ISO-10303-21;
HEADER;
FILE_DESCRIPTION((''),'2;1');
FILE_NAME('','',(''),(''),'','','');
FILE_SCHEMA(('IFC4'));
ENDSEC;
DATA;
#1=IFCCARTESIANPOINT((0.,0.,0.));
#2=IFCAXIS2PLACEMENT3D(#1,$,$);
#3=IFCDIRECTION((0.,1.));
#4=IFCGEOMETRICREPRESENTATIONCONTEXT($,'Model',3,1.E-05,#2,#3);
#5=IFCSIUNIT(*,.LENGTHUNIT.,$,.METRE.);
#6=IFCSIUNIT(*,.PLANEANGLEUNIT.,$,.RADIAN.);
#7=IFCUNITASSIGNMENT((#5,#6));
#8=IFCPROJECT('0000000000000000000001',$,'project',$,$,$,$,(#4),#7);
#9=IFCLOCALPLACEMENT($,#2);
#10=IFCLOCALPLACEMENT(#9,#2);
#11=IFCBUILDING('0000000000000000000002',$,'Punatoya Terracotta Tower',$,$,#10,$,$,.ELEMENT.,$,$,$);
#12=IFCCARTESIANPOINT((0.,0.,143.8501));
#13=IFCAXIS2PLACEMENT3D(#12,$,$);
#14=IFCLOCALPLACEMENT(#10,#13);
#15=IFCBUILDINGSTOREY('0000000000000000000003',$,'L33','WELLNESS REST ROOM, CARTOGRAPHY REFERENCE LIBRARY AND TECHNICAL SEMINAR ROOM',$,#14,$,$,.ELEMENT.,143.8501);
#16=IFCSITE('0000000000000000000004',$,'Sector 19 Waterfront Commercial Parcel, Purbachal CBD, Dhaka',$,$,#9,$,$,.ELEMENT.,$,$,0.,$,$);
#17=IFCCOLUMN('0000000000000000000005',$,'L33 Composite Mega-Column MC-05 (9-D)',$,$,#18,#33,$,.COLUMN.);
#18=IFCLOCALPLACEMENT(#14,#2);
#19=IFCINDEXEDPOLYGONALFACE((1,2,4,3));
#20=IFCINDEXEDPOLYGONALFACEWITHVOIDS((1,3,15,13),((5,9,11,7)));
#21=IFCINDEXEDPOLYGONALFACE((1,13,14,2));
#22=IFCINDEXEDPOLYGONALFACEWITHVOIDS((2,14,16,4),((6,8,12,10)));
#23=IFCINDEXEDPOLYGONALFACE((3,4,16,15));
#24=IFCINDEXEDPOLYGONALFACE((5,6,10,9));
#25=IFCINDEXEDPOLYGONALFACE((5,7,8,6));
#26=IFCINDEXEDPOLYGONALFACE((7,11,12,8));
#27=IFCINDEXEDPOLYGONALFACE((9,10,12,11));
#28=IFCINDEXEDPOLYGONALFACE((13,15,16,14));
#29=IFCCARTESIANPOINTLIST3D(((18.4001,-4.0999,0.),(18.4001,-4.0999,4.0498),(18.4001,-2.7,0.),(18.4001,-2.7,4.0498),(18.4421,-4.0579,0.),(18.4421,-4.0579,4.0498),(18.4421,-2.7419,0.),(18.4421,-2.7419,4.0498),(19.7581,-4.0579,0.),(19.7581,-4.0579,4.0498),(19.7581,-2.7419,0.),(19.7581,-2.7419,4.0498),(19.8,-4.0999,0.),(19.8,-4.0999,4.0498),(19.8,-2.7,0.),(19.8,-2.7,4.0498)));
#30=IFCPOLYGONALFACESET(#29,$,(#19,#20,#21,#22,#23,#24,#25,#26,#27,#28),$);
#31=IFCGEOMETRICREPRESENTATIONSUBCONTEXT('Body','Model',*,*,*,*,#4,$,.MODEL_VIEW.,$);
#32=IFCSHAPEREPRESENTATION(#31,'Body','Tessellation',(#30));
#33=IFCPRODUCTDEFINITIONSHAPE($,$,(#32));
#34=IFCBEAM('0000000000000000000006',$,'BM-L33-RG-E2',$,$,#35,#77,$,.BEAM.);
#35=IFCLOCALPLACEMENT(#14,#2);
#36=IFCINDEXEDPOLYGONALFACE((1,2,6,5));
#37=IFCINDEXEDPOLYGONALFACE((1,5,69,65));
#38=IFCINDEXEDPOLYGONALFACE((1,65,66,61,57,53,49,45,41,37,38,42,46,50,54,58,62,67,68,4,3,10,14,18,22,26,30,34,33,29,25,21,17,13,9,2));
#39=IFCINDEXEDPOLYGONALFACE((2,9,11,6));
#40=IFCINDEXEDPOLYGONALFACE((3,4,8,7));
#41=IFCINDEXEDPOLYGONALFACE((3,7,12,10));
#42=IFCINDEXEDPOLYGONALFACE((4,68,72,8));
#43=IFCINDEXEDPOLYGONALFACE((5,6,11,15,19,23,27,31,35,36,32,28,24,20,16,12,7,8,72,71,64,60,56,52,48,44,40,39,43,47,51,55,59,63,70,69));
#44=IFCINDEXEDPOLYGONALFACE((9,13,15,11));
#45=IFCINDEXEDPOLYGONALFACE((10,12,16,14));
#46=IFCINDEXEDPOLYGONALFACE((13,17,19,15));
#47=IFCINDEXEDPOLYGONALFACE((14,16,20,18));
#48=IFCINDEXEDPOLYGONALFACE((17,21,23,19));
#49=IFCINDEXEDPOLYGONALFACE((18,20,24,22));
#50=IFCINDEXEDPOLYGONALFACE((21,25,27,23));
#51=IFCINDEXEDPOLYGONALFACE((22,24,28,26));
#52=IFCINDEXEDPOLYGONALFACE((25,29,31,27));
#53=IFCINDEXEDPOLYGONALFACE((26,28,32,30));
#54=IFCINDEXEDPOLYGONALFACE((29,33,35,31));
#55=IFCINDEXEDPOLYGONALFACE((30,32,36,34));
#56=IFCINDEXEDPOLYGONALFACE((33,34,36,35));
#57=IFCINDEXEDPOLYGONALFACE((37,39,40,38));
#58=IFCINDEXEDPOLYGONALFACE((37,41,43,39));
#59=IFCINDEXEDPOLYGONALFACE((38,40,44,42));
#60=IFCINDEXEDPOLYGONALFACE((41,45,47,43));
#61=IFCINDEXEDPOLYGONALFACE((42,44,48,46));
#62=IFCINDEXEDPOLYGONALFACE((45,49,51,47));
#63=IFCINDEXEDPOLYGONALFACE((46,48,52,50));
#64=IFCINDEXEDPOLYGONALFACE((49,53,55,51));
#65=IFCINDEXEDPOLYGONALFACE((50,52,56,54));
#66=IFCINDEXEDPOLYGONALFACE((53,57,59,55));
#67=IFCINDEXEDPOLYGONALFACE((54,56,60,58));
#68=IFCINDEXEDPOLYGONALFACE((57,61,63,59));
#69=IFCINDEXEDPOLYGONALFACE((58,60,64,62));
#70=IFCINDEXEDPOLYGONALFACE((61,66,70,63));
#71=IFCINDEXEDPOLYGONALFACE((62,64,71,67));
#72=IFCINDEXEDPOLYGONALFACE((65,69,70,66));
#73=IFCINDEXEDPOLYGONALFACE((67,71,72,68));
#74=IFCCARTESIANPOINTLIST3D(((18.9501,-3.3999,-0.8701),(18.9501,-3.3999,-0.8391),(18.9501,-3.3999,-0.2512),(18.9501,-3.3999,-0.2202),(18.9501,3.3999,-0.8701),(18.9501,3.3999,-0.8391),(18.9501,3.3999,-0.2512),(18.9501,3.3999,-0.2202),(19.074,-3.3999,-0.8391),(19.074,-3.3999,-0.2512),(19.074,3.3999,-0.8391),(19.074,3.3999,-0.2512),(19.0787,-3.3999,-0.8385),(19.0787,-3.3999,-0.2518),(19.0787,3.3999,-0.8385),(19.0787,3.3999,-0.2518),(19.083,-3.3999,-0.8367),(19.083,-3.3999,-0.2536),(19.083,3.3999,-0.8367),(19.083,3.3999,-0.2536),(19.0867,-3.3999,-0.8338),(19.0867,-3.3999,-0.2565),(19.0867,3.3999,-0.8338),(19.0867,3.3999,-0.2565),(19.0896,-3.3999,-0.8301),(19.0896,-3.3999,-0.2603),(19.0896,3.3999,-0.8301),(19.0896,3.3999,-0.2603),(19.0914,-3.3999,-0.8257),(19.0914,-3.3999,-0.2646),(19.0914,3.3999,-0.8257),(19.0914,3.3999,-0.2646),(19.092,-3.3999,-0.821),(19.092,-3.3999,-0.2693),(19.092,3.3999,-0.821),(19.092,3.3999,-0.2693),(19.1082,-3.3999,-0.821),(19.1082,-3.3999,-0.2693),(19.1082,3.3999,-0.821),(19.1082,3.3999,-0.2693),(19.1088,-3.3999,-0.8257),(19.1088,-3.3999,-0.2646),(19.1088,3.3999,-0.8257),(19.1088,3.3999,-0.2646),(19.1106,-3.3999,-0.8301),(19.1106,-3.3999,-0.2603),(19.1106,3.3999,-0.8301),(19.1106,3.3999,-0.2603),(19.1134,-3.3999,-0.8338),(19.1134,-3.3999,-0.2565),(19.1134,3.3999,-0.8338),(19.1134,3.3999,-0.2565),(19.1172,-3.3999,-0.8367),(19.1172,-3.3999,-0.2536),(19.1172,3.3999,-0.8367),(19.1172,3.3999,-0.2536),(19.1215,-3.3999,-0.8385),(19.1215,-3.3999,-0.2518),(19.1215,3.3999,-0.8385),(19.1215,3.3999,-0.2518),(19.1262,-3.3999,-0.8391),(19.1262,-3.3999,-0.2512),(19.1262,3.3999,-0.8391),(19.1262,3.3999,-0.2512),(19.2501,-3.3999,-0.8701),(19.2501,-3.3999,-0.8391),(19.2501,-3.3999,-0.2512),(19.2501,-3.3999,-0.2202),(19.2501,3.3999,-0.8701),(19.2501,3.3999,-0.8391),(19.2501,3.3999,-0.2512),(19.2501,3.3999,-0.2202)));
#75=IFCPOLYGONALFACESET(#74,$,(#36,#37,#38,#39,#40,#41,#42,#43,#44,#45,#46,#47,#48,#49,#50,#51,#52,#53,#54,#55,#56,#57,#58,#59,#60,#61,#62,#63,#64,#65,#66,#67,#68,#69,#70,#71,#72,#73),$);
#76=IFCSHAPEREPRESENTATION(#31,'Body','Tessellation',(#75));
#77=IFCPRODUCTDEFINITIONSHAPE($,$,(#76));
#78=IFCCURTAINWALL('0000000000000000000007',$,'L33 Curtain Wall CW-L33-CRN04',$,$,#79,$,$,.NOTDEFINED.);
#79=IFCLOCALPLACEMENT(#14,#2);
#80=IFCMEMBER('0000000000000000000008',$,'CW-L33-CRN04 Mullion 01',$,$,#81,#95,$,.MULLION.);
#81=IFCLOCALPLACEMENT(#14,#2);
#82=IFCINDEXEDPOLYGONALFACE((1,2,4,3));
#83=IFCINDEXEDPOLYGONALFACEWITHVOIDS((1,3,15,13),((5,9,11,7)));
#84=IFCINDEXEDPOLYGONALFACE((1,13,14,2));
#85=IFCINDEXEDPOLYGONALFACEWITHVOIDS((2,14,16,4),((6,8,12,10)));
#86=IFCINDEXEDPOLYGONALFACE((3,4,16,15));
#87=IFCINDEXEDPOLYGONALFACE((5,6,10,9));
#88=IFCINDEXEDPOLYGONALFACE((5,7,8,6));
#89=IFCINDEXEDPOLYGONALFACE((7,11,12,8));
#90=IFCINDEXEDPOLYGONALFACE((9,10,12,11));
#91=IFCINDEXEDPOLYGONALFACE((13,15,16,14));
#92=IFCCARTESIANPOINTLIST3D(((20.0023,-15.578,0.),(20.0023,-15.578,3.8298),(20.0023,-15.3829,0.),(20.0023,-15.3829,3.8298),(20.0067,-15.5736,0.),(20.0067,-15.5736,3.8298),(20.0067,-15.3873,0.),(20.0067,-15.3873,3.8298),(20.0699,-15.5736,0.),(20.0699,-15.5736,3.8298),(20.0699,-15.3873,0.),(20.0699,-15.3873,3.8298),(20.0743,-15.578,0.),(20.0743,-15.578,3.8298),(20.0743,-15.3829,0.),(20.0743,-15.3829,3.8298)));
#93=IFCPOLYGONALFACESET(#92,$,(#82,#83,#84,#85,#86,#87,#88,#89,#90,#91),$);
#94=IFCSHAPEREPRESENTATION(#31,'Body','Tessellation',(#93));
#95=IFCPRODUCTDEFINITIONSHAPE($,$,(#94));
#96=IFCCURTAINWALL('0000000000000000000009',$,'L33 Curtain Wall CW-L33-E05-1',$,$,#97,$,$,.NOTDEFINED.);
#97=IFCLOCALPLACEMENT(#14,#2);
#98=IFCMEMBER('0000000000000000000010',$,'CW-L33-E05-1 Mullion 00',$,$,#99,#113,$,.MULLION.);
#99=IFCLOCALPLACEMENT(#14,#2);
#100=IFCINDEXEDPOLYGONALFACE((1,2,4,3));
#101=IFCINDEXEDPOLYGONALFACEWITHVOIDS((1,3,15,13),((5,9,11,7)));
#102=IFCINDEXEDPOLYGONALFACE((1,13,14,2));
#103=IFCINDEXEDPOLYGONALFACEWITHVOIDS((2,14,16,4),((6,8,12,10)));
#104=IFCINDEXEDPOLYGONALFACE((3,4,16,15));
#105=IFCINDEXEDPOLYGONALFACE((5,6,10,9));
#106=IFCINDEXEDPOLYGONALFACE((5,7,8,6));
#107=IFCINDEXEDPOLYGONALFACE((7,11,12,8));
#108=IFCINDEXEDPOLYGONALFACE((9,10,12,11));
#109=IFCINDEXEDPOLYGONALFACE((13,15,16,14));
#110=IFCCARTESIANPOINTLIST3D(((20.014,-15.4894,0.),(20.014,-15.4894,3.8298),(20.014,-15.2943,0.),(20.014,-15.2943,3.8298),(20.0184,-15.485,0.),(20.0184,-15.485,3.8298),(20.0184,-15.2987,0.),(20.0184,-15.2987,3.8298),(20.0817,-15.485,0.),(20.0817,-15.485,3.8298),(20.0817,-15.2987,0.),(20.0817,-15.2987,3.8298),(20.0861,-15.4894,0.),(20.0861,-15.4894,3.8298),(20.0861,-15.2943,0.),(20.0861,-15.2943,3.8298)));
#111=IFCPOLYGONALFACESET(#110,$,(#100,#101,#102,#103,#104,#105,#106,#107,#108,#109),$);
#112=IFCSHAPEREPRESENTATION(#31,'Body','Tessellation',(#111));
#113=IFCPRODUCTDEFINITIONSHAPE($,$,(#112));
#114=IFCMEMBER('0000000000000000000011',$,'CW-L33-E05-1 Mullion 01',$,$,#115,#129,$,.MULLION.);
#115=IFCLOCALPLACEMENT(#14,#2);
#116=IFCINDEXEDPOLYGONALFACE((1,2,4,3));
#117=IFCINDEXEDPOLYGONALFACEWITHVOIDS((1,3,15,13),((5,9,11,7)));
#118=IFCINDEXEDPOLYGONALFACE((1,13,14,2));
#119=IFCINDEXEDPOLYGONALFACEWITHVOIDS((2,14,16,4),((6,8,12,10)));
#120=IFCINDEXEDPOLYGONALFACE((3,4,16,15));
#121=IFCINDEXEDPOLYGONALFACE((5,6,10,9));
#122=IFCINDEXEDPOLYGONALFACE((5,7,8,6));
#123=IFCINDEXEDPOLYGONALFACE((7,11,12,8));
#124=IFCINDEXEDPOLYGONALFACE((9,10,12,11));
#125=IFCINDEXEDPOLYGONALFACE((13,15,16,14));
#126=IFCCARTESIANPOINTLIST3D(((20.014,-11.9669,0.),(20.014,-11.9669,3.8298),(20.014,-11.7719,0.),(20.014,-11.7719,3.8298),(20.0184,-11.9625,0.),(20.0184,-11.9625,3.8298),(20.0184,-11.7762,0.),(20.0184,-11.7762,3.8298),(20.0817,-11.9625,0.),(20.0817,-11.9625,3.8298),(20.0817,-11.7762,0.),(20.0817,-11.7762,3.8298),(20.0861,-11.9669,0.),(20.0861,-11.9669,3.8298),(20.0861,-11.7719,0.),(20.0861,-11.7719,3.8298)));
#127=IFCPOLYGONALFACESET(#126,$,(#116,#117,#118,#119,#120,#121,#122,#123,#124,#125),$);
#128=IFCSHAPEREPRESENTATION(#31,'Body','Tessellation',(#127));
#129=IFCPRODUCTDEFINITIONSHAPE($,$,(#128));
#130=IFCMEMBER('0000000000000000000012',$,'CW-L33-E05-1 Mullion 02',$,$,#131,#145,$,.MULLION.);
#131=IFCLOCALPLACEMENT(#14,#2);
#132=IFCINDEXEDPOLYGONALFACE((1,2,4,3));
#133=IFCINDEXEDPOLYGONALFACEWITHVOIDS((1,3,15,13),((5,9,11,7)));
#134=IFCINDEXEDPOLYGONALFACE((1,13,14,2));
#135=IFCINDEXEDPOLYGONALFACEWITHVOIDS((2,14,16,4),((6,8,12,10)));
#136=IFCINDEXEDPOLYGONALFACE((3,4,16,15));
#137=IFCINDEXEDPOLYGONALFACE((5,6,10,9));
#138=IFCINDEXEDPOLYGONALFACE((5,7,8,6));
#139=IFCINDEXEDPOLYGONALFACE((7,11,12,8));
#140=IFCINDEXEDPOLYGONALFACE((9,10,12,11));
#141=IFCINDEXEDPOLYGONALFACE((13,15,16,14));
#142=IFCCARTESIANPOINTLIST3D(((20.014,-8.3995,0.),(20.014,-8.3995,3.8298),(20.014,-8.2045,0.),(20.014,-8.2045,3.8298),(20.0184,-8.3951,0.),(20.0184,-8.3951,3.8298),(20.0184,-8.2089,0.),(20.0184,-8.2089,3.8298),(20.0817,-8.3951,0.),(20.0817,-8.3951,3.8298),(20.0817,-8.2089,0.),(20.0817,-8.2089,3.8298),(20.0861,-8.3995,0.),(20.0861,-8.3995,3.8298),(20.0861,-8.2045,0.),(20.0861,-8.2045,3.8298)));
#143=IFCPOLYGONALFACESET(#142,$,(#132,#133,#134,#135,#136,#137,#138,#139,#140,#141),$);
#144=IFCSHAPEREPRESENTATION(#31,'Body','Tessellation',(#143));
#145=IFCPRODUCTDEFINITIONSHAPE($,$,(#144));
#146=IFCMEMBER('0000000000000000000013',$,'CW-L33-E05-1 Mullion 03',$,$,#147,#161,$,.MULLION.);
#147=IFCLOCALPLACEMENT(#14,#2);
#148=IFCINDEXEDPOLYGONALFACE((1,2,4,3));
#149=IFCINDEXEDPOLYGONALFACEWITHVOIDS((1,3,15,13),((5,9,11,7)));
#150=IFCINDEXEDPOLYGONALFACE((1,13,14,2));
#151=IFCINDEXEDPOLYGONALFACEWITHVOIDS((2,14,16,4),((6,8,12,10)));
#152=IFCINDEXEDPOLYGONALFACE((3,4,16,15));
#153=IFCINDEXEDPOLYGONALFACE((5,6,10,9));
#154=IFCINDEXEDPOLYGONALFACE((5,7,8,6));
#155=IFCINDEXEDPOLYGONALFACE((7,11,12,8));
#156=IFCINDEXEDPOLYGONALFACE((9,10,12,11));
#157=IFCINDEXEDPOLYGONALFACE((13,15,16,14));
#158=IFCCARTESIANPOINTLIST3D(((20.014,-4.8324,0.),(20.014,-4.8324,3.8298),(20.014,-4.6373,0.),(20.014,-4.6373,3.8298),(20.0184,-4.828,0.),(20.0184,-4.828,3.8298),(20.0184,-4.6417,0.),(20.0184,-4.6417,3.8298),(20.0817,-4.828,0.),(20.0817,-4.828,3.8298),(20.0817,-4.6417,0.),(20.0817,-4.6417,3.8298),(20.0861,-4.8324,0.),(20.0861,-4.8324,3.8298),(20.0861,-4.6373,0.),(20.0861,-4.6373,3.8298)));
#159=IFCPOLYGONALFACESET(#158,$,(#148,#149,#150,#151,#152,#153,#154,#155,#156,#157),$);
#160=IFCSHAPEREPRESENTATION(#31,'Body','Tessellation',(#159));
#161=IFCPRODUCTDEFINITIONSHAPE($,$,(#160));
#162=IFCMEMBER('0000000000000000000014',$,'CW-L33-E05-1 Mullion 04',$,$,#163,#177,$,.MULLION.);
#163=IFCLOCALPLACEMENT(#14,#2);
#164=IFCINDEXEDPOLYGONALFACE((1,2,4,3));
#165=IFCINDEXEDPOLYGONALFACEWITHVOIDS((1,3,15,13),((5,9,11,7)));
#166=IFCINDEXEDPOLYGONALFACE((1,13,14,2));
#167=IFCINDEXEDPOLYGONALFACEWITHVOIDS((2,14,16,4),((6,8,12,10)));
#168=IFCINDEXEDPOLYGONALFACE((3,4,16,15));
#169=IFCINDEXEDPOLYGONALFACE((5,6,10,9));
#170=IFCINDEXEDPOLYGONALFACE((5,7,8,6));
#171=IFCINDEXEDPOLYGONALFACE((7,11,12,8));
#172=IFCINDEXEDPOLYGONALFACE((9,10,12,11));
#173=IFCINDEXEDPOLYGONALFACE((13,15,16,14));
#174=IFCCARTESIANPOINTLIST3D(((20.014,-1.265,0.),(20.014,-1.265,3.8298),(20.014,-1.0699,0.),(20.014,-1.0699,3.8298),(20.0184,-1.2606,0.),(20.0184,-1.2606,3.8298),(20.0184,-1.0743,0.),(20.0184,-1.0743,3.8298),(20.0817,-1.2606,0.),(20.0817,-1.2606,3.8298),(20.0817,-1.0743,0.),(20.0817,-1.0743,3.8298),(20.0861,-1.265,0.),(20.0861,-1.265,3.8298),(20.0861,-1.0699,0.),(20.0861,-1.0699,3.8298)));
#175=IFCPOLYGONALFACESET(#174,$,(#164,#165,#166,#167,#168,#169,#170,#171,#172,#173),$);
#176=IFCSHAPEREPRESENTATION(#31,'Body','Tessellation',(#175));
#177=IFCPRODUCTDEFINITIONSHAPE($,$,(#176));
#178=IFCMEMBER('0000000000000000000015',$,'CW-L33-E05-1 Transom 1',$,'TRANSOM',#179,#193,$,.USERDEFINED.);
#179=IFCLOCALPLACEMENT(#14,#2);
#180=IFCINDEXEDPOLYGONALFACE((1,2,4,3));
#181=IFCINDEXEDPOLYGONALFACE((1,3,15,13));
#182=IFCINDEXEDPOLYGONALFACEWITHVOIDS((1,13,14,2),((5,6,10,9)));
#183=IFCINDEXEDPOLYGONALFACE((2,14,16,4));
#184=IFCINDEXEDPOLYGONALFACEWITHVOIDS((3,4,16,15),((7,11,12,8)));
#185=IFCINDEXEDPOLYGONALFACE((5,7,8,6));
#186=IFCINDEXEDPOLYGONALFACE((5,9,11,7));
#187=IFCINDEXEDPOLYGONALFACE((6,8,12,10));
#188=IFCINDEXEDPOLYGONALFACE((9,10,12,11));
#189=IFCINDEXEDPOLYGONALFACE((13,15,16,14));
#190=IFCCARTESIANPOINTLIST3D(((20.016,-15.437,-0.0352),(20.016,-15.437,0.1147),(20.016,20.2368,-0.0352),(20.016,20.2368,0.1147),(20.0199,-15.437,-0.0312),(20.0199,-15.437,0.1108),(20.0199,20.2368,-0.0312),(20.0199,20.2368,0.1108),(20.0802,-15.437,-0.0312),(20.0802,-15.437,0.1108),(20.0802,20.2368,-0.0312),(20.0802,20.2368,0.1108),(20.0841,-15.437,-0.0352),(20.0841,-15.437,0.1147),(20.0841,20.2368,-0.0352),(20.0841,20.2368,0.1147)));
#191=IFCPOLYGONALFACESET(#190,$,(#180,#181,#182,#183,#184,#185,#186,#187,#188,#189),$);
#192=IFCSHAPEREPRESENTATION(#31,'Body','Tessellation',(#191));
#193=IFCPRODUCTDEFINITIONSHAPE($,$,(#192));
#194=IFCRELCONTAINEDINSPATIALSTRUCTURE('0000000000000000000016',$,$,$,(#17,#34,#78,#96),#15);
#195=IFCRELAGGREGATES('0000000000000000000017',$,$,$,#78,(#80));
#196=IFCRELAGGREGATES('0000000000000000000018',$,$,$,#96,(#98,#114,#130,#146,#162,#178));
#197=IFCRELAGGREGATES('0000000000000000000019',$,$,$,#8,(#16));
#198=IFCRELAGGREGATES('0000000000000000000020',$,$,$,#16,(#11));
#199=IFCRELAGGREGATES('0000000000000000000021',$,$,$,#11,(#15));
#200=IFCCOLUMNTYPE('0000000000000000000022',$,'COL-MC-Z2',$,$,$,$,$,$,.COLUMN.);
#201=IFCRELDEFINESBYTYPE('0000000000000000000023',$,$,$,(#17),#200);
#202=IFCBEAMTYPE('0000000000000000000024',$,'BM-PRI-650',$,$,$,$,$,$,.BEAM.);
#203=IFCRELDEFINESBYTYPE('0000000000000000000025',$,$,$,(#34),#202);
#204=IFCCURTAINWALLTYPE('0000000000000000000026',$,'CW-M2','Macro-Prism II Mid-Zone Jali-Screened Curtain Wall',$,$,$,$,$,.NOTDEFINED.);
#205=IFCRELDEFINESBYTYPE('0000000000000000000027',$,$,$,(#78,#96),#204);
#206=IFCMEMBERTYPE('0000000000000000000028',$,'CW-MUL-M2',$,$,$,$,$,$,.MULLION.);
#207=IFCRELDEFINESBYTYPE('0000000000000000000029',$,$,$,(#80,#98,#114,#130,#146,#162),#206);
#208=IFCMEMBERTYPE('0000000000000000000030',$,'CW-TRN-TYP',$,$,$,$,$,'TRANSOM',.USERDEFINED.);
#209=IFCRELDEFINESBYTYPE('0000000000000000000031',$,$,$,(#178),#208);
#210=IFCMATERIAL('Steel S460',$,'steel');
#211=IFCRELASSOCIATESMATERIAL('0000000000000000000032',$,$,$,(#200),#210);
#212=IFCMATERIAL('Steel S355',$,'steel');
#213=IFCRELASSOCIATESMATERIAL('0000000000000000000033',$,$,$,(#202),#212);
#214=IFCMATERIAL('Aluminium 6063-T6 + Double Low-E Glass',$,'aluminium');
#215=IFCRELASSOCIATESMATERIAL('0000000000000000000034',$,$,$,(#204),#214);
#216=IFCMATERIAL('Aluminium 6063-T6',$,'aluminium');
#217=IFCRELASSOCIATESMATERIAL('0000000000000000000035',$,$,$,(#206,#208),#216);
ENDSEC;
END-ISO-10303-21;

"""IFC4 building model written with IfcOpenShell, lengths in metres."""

from ifc_helpers import new_model, si_unit, direction, frame, origin, origin_2d, place, context, subcontext, project, spatial, hollow_rectangle, i_section, extrude, material, material_profile, profile_set, type_object, element, aggregate, save


model = new_model("IFC4")

# Units and contexts
model_context = context("Model", 3, precision=1e-05, world=origin(), true_north=direction((0.0, 1.0)))
body_context = subcontext(model_context, "Body", "Model", "MODEL_VIEW")
ifc_project = project(units=[si_unit("LENGTHUNIT", "METRE"), si_unit("PLANEANGLEUNIT", "RADIAN")], contexts=[model_context])

# Site, building, storey
site_placement = place(None, origin())
site = spatial("IfcSite", under=ifc_project, at=site_placement, Name="Sector 19 Waterfront Commercial Parcel, Purbachal CBD, Dhaka", CompositionType="ELEMENT", RefElevation=0.0)
building_placement = place(site_placement, origin())
building = spatial("IfcBuilding", under=site, at=building_placement, Name="Punatoya Terracotta Tower", CompositionType="ELEMENT")
storey_placement = place(building_placement, frame((0.0, 0.0, 143.8501)))
storey = spatial("IfcBuildingStorey", under=building, at=storey_placement, Name="L33", Description="WELLNESS REST ROOM, CARTOGRAPHY REFERENCE LIBRARY AND TECHNICAL SEMINAR ROOM", CompositionType="ELEMENT", Elevation=143.8501)

# Column
ifc_material_1 = material(Name="Steel S460", Category="steel")
ifc_material_profile_1 = material_profile(ifc_material_1, hollow_rectangle(XDim=1.3999, YDim=1.3999, WallThickness=0.042, at=origin_2d()))
ifc_profile_set_1 = profile_set([ifc_material_profile_1], Name="Steel S460")
column_type = type_object("IfcColumnType", Name="COL-MC-Z2", PredefinedType="COLUMN", material=ifc_profile_set_1)
column_placement = place(storey_placement, frame((19.1001, -3.3999, 0.0), z_axis=(0.0, 0.0, 1.0), x_axis=(1.0, 0.0, 0.0)))
element("IfcColumn", 1, at=column_placement, inside=storey, type_object=column_type, Name="L33 Composite Mega-Column MC-05 (9-D)", PredefinedType="COLUMN", context=body_context, shape_type="SweptSolid", body=[
    extrude(hollow_rectangle(XDim=1.3999, YDim=1.3999, WallThickness=0.042, at=origin_2d()), origin(), (0.0, 0.0, 1.0), 4.0498),
])

# Beam
ifc_material_2 = material(Name="Steel S355", Category="steel")
ifc_material_profile_2 = material_profile(ifc_material_2, i_section(OverallWidth=0.3, OverallDepth=0.6499, WebThickness=0.0161, FlangeThickness=0.031, FilletRadius=0.0181, at=origin_2d()))
ifc_profile_set_2 = profile_set([ifc_material_profile_2], Name="Steel S355")
beam_type = type_object("IfcBeamType", Name="BM-PRI-650", PredefinedType="BEAM", material=ifc_profile_set_2)
beam_placement = place(storey_placement, frame((19.1001, -3.3999, -0.5452), z_axis=(0.0, 1.0, 0.0), x_axis=(-1.0, 0.0, 0.0)))
element("IfcBeam", 2, at=beam_placement, inside=storey, type_object=beam_type, Name="BM-L33-RG-E2", PredefinedType="BEAM", context=body_context, shape_type="SweptSolid", body=[
    extrude(i_section(OverallWidth=0.3, OverallDepth=0.6499, WebThickness=0.0161, FlangeThickness=0.031, FilletRadius=0.0181, at=origin_2d()), origin(), (0.0, 0.0, 1.0), 6.7998),
])

# Curtain wall, member
ifc_material_3 = material(Name="Aluminium 6063-T6 + Double Low-E Glass", Category="aluminium")
curtain_wall_type = type_object("IfcCurtainWallType", Name="CW-M2", Description="Macro-Prism II Mid-Zone Jali-Screened Curtain Wall", PredefinedType="NOTDEFINED", material=ifc_material_3)
curtain_wall_1_placement = place(storey_placement, origin())
curtain_wall_1 = element("IfcCurtainWall", 3, at=curtain_wall_1_placement, inside=storey, type_object=curtain_wall_type, Name="L33 Curtain Wall CW-L33-CRN04", PredefinedType="NOTDEFINED")
ifc_material_4 = material(Name="Aluminium 6063-T6", Category="aluminium")
ifc_material_profile_3 = material_profile(ifc_material_4, hollow_rectangle(XDim=0.072, YDim=0.1951, WallThickness=0.0044, at=origin_2d()))
ifc_profile_set_3 = profile_set([ifc_material_profile_3], Name="Aluminium 6063-T6")
member_type_1 = type_object("IfcMemberType", Name="CW-MUL-M2", PredefinedType="MULLION", material=ifc_profile_set_3)
member_1_placement = place(storey_placement, frame((20.0383, -15.4805, 0.0), z_axis=(0.0, 0.0, 1.0), x_axis=(1.0, 0.0, 0.0)))
member_1 = element("IfcMember", 4, at=member_1_placement, type_object=member_type_1, Name="CW-L33-CRN04 Mullion 01", PredefinedType="MULLION", context=body_context, shape_type="SweptSolid", body=[
    extrude(hollow_rectangle(XDim=0.072, YDim=0.1951, WallThickness=0.0044, at=origin_2d()), origin(), (0.0, 0.0, 1.0), 3.8298),
])

# Curtain wall, members
curtain_wall_2_placement = place(storey_placement, origin())
curtain_wall_2 = element("IfcCurtainWall", 5, at=curtain_wall_2_placement, inside=storey, type_object=curtain_wall_type, Name="L33 Curtain Wall CW-L33-E05-1", PredefinedType="NOTDEFINED")
member_2_placement = place(storey_placement, frame((20.05, -15.3918, 0.0), z_axis=(0.0, 0.0, 1.0), x_axis=(1.0, 0.0, 0.0)))
member_2 = element("IfcMember", 6, at=member_2_placement, type_object=member_type_1, Name="CW-L33-E05-1 Mullion 00", PredefinedType="MULLION", context=body_context, shape_type="SweptSolid", body=[
    extrude(hollow_rectangle(XDim=0.072, YDim=0.1951, WallThickness=0.0044, at=origin_2d()), origin(), (0.0, 0.0, 1.0), 3.8298),
])
member_3_placement = place(storey_placement, frame((20.05, -11.8694, 0.0), z_axis=(0.0, 0.0, 1.0), x_axis=(1.0, 0.0, 0.0)))
member_3 = element("IfcMember", 7, at=member_3_placement, type_object=member_type_1, Name="CW-L33-E05-1 Mullion 01", PredefinedType="MULLION", context=body_context, shape_type="SweptSolid", body=[
    extrude(hollow_rectangle(XDim=0.072, YDim=0.1951, WallThickness=0.0044, at=origin_2d()), origin(), (0.0, 0.0, 1.0), 3.8298),
])
member_4_placement = place(storey_placement, frame((20.05, -8.302, 0.0), z_axis=(0.0, 0.0, 1.0), x_axis=(1.0, 0.0, 0.0)))
member_4 = element("IfcMember", 8, at=member_4_placement, type_object=member_type_1, Name="CW-L33-E05-1 Mullion 02", PredefinedType="MULLION", context=body_context, shape_type="SweptSolid", body=[
    extrude(hollow_rectangle(XDim=0.072, YDim=0.1951, WallThickness=0.0044, at=origin_2d()), origin(), (0.0, 0.0, 1.0), 3.8298),
])
member_5_placement = place(storey_placement, frame((20.05, -4.7349, 0.0), z_axis=(0.0, 0.0, 1.0), x_axis=(1.0, 0.0, 0.0)))
member_5 = element("IfcMember", 9, at=member_5_placement, type_object=member_type_1, Name="CW-L33-E05-1 Mullion 03", PredefinedType="MULLION", context=body_context, shape_type="SweptSolid", body=[
    extrude(hollow_rectangle(XDim=0.072, YDim=0.1951, WallThickness=0.0044, at=origin_2d()), origin(), (0.0, 0.0, 1.0), 3.8298),
])
member_6_placement = place(storey_placement, frame((20.05, -1.1675, 0.0), z_axis=(0.0, 0.0, 1.0), x_axis=(1.0, 0.0, 0.0)))
member_6 = element("IfcMember", 10, at=member_6_placement, type_object=member_type_1, Name="CW-L33-E05-1 Mullion 04", PredefinedType="MULLION", context=body_context, shape_type="SweptSolid", body=[
    extrude(hollow_rectangle(XDim=0.072, YDim=0.1951, WallThickness=0.0044, at=origin_2d()), origin(), (0.0, 0.0, 1.0), 3.8298),
])
ifc_material_profile_4 = material_profile(ifc_material_4, hollow_rectangle(XDim=0.0681, YDim=0.1499, WallThickness=0.0039, at=origin_2d()))
ifc_profile_set_4 = profile_set([ifc_material_profile_4], Name="Aluminium 6063-T6")
member_type_2 = type_object("IfcMemberType", Name="CW-TRN-TYP", ElementType="TRANSOM", PredefinedType="USERDEFINED", material=ifc_profile_set_4)
member_7_placement = place(storey_placement, frame((20.05, -15.437, 0.0398), z_axis=(0.0, 1.0, 0.0), x_axis=(-1.0, 0.0, 0.0)))
member_7 = element("IfcMember", 11, at=member_7_placement, type_object=member_type_2, Name="CW-L33-E05-1 Transom 1", ObjectType="TRANSOM", PredefinedType="USERDEFINED", context=body_context, shape_type="SweptSolid", body=[
    extrude(hollow_rectangle(XDim=0.0681, YDim=0.1499, WallThickness=0.0039, at=origin_2d()), origin(), (0.0, 0.0, 1.0), 35.6738),
])

aggregate(curtain_wall_1, [member_1])
aggregate(curtain_wall_2, [member_2, member_3, member_4, member_5, member_6, member_7])

save(model, "model.ifc")
